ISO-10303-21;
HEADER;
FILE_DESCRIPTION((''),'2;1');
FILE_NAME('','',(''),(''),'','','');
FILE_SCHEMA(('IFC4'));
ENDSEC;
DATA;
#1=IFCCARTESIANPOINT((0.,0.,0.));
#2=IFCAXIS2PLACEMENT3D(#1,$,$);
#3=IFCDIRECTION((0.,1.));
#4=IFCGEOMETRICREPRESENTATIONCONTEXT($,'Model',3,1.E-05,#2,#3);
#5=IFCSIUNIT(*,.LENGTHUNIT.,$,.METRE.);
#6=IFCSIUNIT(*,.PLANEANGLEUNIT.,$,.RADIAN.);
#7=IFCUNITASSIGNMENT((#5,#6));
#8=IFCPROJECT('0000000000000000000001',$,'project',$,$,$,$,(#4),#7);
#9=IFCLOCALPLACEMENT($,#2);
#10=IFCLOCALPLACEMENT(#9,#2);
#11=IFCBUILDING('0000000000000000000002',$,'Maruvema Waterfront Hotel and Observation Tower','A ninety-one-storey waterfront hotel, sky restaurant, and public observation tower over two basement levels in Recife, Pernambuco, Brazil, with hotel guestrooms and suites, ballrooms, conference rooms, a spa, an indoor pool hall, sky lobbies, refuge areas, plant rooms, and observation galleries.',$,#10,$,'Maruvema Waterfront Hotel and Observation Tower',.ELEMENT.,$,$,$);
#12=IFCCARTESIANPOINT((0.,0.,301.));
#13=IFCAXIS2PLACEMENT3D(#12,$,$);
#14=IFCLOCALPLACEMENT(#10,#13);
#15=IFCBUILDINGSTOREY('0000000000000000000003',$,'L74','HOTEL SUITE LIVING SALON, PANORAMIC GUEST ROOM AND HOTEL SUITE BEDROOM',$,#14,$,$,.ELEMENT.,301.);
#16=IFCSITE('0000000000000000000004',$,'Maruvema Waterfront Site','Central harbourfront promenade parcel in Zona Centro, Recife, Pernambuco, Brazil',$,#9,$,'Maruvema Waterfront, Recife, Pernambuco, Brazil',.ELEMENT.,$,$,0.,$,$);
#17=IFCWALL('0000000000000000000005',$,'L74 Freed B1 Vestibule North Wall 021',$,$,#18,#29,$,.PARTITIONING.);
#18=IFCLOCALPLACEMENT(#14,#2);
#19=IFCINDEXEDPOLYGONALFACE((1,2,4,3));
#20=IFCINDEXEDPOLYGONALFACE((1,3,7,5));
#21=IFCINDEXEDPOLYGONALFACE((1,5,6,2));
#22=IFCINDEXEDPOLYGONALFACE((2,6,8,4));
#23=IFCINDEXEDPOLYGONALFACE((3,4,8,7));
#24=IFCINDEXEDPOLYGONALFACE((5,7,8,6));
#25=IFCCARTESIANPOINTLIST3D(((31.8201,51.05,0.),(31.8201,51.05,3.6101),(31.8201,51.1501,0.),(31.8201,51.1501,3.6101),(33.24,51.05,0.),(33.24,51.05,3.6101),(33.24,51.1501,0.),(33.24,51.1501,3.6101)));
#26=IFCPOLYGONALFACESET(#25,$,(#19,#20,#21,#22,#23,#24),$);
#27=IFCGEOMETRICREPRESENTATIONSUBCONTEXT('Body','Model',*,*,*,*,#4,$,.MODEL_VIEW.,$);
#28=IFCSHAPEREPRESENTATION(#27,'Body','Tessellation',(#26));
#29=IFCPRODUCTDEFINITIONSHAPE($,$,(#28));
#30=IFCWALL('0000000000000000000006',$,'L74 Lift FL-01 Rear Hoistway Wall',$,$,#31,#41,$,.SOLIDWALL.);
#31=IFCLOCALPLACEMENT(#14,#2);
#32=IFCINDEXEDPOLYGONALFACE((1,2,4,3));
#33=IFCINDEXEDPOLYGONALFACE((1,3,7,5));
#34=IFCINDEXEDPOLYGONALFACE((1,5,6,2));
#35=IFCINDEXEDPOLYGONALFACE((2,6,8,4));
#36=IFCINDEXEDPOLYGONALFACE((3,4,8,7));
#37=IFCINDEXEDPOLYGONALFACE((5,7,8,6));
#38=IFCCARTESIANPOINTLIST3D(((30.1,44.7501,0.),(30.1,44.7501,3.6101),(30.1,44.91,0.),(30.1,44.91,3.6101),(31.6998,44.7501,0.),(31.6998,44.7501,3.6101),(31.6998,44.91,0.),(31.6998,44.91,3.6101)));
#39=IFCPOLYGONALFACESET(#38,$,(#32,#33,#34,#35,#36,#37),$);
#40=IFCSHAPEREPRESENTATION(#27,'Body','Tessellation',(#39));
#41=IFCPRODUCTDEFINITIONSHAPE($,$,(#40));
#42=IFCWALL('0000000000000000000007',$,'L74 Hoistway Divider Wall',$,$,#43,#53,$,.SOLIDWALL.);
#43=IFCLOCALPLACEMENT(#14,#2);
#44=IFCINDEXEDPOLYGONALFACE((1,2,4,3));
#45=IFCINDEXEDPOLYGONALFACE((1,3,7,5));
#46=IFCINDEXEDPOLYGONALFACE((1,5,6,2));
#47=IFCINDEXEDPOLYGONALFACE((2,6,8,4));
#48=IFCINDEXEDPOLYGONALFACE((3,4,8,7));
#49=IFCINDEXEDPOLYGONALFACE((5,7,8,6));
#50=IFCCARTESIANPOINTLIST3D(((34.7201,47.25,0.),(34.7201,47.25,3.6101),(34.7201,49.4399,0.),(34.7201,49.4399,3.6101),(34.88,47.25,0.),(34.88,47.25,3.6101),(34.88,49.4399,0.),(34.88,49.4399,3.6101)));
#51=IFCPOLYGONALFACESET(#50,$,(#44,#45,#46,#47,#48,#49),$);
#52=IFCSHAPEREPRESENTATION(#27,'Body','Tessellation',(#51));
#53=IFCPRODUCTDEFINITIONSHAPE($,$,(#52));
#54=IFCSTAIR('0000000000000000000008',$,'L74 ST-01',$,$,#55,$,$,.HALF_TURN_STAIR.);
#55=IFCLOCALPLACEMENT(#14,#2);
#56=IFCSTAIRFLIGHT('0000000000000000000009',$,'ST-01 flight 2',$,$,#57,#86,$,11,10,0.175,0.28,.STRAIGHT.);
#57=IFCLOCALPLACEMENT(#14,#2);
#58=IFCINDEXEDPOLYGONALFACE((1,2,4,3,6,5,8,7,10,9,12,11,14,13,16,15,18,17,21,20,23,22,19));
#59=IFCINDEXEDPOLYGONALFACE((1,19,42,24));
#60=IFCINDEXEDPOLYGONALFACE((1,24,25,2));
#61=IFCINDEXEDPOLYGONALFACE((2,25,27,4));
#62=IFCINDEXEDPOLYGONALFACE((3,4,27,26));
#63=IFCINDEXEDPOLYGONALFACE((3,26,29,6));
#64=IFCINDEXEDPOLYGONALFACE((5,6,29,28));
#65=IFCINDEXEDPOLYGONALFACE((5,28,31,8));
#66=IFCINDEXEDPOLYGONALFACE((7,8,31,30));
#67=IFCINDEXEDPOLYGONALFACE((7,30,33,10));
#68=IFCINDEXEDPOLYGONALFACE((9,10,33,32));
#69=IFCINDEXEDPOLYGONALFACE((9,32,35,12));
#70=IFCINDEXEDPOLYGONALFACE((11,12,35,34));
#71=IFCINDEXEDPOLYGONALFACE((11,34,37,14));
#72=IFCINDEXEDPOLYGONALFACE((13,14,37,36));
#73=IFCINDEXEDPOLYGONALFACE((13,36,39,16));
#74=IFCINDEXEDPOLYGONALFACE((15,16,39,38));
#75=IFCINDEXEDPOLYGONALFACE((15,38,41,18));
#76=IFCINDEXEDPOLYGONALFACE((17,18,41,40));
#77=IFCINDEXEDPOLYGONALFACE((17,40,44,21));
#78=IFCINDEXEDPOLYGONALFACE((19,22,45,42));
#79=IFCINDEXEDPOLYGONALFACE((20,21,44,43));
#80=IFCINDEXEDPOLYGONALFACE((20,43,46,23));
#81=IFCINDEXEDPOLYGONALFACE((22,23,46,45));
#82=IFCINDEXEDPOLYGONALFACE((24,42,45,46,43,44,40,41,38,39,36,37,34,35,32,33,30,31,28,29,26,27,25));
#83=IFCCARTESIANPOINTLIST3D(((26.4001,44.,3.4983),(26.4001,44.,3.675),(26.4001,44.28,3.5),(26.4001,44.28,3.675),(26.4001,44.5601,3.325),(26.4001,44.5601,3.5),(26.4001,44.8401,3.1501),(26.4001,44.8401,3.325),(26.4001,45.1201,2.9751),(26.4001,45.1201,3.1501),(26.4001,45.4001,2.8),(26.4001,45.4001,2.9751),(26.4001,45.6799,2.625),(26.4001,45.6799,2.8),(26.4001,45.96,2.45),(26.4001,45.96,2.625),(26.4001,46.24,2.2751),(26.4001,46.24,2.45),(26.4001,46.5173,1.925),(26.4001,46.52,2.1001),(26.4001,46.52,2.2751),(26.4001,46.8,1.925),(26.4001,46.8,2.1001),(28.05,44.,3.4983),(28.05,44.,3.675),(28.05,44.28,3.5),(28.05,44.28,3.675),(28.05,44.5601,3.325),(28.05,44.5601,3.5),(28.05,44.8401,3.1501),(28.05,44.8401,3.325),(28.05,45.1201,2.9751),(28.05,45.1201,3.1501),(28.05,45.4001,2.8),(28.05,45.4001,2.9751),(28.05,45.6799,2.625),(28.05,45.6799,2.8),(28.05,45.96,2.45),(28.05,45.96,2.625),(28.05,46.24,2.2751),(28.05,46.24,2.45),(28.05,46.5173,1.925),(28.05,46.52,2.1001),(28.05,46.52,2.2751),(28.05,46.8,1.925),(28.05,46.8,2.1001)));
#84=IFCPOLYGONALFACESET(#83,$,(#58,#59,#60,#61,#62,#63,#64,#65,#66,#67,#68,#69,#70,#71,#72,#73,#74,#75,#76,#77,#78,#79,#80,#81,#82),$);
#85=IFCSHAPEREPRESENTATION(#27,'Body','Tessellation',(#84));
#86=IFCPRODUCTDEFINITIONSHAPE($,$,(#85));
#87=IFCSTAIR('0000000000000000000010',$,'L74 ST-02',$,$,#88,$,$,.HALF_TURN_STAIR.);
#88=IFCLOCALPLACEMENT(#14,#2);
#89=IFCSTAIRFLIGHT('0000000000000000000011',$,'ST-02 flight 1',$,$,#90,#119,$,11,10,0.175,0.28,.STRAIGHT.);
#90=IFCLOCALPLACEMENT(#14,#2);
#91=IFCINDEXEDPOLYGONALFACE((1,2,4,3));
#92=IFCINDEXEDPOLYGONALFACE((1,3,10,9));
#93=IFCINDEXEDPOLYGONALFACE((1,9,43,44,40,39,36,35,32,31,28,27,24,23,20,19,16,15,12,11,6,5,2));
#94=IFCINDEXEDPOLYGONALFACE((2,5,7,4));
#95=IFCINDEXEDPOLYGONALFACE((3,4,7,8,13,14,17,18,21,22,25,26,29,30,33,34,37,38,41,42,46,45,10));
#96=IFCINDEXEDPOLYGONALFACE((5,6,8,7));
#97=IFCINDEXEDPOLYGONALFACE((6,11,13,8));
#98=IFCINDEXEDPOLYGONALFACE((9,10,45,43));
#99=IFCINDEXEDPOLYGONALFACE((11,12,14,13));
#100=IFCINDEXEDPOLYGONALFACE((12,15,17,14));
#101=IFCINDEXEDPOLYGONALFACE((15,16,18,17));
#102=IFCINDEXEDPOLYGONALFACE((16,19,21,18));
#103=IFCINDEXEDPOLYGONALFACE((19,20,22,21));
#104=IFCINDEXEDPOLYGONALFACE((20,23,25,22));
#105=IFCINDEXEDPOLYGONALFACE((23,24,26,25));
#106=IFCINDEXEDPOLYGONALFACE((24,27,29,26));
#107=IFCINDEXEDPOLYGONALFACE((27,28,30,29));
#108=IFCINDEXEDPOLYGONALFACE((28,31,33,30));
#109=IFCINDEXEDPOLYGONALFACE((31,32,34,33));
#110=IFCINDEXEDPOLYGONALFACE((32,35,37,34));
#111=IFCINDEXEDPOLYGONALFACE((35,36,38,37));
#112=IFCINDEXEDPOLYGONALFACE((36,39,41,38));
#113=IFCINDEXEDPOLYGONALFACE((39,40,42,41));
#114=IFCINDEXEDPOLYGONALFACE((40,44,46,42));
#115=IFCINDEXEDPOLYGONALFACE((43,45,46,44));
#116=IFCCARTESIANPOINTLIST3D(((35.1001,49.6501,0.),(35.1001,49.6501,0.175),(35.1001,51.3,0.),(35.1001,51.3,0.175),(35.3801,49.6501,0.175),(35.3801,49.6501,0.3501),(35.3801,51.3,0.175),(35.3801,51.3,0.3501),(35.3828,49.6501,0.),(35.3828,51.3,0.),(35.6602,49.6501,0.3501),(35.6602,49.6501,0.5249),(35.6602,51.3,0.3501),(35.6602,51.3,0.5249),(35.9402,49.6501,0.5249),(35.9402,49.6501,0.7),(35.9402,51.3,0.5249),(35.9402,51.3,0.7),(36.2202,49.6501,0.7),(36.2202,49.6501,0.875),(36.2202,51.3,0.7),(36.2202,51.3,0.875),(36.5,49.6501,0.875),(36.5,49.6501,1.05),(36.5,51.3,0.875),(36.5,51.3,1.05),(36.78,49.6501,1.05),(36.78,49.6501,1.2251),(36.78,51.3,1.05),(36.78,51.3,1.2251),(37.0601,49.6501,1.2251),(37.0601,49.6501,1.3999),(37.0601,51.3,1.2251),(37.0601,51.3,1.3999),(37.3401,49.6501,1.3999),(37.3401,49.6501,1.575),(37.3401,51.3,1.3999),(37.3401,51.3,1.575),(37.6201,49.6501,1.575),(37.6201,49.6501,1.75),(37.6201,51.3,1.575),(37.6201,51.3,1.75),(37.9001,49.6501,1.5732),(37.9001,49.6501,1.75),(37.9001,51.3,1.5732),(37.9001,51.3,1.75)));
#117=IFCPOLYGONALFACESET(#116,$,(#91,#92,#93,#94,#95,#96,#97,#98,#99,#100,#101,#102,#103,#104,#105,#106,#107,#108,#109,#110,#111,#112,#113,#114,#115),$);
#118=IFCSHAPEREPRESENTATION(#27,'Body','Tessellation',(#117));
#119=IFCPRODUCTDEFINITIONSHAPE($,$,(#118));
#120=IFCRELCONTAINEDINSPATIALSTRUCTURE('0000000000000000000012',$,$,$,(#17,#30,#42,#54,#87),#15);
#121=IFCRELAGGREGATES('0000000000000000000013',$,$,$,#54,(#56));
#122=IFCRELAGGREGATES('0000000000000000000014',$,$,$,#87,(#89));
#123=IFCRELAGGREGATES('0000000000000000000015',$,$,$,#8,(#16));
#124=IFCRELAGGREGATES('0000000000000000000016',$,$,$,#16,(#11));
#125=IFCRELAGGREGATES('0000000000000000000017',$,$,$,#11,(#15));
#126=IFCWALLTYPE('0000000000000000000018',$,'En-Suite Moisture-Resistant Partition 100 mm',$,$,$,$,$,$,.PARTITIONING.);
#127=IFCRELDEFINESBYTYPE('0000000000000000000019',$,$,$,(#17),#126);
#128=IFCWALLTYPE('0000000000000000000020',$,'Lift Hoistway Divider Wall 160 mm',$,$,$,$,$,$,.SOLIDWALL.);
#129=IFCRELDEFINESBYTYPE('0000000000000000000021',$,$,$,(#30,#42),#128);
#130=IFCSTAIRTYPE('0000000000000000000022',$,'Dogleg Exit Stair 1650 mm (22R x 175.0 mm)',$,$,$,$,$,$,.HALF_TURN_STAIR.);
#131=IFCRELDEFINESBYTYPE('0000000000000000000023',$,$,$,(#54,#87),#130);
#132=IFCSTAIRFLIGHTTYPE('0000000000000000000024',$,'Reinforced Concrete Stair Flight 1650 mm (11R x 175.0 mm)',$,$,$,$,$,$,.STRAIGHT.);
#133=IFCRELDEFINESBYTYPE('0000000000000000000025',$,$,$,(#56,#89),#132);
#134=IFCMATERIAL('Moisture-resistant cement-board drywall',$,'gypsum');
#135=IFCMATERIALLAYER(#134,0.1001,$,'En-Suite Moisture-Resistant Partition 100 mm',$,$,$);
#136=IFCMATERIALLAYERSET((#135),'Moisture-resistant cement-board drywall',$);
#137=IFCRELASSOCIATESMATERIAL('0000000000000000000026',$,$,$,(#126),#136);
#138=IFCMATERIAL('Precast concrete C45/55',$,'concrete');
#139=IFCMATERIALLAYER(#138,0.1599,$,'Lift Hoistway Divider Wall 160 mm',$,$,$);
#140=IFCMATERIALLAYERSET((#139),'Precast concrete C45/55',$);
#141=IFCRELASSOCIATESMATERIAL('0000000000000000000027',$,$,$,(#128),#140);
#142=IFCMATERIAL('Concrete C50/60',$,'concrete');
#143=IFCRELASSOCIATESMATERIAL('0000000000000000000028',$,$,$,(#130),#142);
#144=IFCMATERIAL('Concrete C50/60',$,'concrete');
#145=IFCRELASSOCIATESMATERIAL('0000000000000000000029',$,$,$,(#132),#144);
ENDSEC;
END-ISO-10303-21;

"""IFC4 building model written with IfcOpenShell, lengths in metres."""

from ifc_helpers import new_model, si_unit, direction, frame, frame_2d, origin, place, context, subcontext, project, spatial, polyline, rectangle, outline, extrude, material, layer, layer_set, type_object, element, aggregate, save


model = new_model("IFC4")

# Units and contexts
model_context = context("Model", 3, precision=1e-05, world=origin(), true_north=direction((0.0, 1.0)))
body_context = subcontext(model_context, "Body", "Model", "MODEL_VIEW")
ifc_project = project(units=[si_unit("LENGTHUNIT", "METRE"), si_unit("PLANEANGLEUNIT", "RADIAN")], contexts=[model_context])

# Site, building, storey
site_placement = place(None, origin())
site = spatial("IfcSite", under=ifc_project, at=site_placement, Name="Maruvema Waterfront Site", Description="Central harbourfront promenade parcel in Zona Centro, Recife, Pernambuco, Brazil", LongName="Maruvema Waterfront, Recife, Pernambuco, Brazil", CompositionType="ELEMENT", RefElevation=0.0)
building_placement = place(site_placement, origin())
building = spatial("IfcBuilding", under=site, at=building_placement, Name="Maruvema Waterfront Hotel and Observation Tower", Description="A ninety-one-storey waterfront hotel, sky restaurant, and public observation tower over two basement levels in Recife, Pernambuco, Brazil, with hotel guestrooms and suites, ballrooms, conference rooms, a spa, an indoor pool hall, sky lobbies, refuge areas, plant rooms, and observation galleries.", LongName="Maruvema Waterfront Hotel and Observation Tower", CompositionType="ELEMENT")
storey_placement = place(building_placement, frame((0.0, 0.0, 301.0)))
storey = spatial("IfcBuildingStorey", under=building, at=storey_placement, Name="L74", Description="HOTEL SUITE LIVING SALON, PANORAMIC GUEST ROOM AND HOTEL SUITE BEDROOM", CompositionType="ELEMENT", Elevation=301.0)

# Shared definitions
ifc_material_1 = material(Name="Moisture-resistant cement-board drywall", Category="gypsum")
ifc_layer_1 = layer(ifc_material_1, 0.1001, Name="En-Suite Moisture-Resistant Partition 100 mm")
ifc_layer_set_1 = layer_set([ifc_layer_1], Name="Moisture-resistant cement-board drywall")
wall_type_1 = type_object("IfcWallType", Name="En-Suite Moisture-Resistant Partition 100 mm", PredefinedType="PARTITIONING", material=ifc_layer_set_1)

# Walls
wall_1_placement = place(storey_placement, frame((31.8201, 51.1001, 0.0), z_axis=(0.0, 0.0, 1.0), x_axis=(1.0, 0.0, 0.0)))
element("IfcWall", 1, at=wall_1_placement, inside=storey, type_object=wall_type_1, Name="L74 Freed B1 Vestibule North Wall 021", PredefinedType="PARTITIONING", context=body_context, shape_type="SweptSolid", body=[
    extrude(rectangle(XDim=1.4199, YDim=0.1001, at=frame_2d((0.71, 0.0))), origin(), (0.0, 0.0, 1.0), 3.6101),
])
ifc_material_2 = material(Name="Precast concrete C45/55", Category="concrete")
ifc_layer_2 = layer(ifc_material_2, 0.1599, Name="Lift Hoistway Divider Wall 160 mm")
ifc_layer_set_2 = layer_set([ifc_layer_2], Name="Precast concrete C45/55")
wall_type_2 = type_object("IfcWallType", Name="Lift Hoistway Divider Wall 160 mm", PredefinedType="SOLIDWALL", material=ifc_layer_set_2)
wall_2_placement = place(storey_placement, frame((30.1001, 44.8301, 0.0), z_axis=(0.0, 0.0, 1.0), x_axis=(1.0, 0.0, 0.0)))
element("IfcWall", 2, at=wall_2_placement, inside=storey, type_object=wall_type_2, Name="L74 Lift FL-01 Rear Hoistway Wall", PredefinedType="SOLIDWALL", context=body_context, shape_type="SweptSolid", body=[
    extrude(rectangle(XDim=1.5999, YDim=0.1599, at=frame_2d((0.7998, 0.0))), origin(), (0.0, 0.0, 1.0), 3.6101),
])
wall_3_placement = place(storey_placement, frame((34.8, 47.25, 0.0), z_axis=(0.0, 0.0, 1.0), x_axis=(0.0, 1.0, 0.0)))
element("IfcWall", 3, at=wall_3_placement, inside=storey, type_object=wall_type_2, Name="L74 Hoistway Divider Wall", PredefinedType="SOLIDWALL", context=body_context, shape_type="SweptSolid", body=[
    extrude(rectangle(XDim=2.1899, YDim=0.1599, at=frame_2d((1.095, 0.0))), origin(), (0.0, 0.0, 1.0), 3.6101),
])

# Stairs, stair flights
ifc_material_3 = material(Name="Concrete C50/60", Category="concrete")
stair_type = type_object("IfcStairType", Name="Dogleg Exit Stair 1650 mm (22R x 175.0 mm)", PredefinedType="HALF_TURN_STAIR", material=ifc_material_3)
stair_1_placement = place(storey_placement, origin())
stair_1 = element("IfcStair", 4, at=stair_1_placement, inside=storey, type_object=stair_type, Name="L74 ST-01", PredefinedType="HALF_TURN_STAIR")
ifc_material_4 = material(Name="Concrete C50/60", Category="concrete")
stair_flight_type = type_object("IfcStairFlightType", Name="Reinforced Concrete Stair Flight 1650 mm (11R x 175.0 mm)", PredefinedType="STRAIGHT", material=ifc_material_4)
stair_flight_1_placement = place(storey_placement, frame((27.2251, 46.8, 1.925), z_axis=(0.0, 0.0, 1.0), x_axis=(0.0, -1.0, 0.0)))
stair_flight_1 = element("IfcStairFlight", 5, at=stair_flight_1_placement, type_object=stair_flight_type, Name="ST-01 flight 2", NumberOfRisers=11, NumberOfTreads=10, PredefinedType="STRAIGHT", RiserHeight=0.175, TreadLength=0.28, context=body_context, shape_type="SweptSolid", body=[
    extrude(outline(polyline([(0.0, 0.0), (0.0, 0.175), (0.28, 0.175), (0.28, 0.3501), (0.5601, 0.3501), (0.5601, 0.5249), (0.8401, 0.5249), (0.8401, 0.7), (1.1201, 0.7), (1.1201, 0.875), (1.3999, 0.875), (1.3999, 1.05), (1.6799, 1.05), (1.6799, 1.2251), (1.96, 1.2251), (1.96, 1.3999), (2.24, 1.3999), (2.24, 1.575), (2.52, 1.575), (2.52, 1.75), (2.8, 1.75), (2.8, 1.925), (2.8, 1.5732), (0.2827, 0.0), (0.0, 0.0)])), frame((0.0, 0.825, 0.0), z_axis=(0.0, -1.0, 0.0), x_axis=(1.0, 0.0, 0.0)), (0.0, 0.0, 1.0), 1.6499),
])
aggregate(stair_1, [stair_flight_1])
stair_2_placement = place(storey_placement, origin())
stair_2 = element("IfcStair", 6, at=stair_2_placement, inside=storey, type_object=stair_type, Name="L74 ST-02", PredefinedType="HALF_TURN_STAIR")
stair_flight_2_placement = place(storey_placement, frame((35.1001, 50.4751, 0.0), z_axis=(0.0, 0.0, 1.0), x_axis=(1.0, 0.0, 0.0)))
stair_flight_2 = element("IfcStairFlight", 7, at=stair_flight_2_placement, type_object=stair_flight_type, Name="ST-02 flight 1", NumberOfRisers=11, NumberOfTreads=10, PredefinedType="STRAIGHT", RiserHeight=0.175, TreadLength=0.28, context=body_context, shape_type="SweptSolid", body=[
    extrude(outline(polyline([(0.0, 0.0), (0.0, 0.175), (0.28, 0.175), (0.28, 0.3501), (0.5601, 0.3501), (0.5601, 0.5249), (0.8401, 0.5249), (0.8401, 0.7), (1.1201, 0.7), (1.1201, 0.875), (1.3999, 0.875), (1.3999, 1.05), (1.6799, 1.05), (1.6799, 1.2251), (1.96, 1.2251), (1.96, 1.3999), (2.24, 1.3999), (2.24, 1.575), (2.52, 1.575), (2.52, 1.75), (2.8, 1.75), (2.8, 1.925), (2.8, 1.5732), (0.2827, 0.0), (0.0, 0.0)])), frame((0.0, 0.825, 0.0), z_axis=(0.0, -1.0, 0.0), x_axis=(1.0, 0.0, 0.0)), (0.0, 0.0, 1.0), 1.6499),
])
aggregate(stair_2, [stair_flight_2])

save(model, "model.ifc")
